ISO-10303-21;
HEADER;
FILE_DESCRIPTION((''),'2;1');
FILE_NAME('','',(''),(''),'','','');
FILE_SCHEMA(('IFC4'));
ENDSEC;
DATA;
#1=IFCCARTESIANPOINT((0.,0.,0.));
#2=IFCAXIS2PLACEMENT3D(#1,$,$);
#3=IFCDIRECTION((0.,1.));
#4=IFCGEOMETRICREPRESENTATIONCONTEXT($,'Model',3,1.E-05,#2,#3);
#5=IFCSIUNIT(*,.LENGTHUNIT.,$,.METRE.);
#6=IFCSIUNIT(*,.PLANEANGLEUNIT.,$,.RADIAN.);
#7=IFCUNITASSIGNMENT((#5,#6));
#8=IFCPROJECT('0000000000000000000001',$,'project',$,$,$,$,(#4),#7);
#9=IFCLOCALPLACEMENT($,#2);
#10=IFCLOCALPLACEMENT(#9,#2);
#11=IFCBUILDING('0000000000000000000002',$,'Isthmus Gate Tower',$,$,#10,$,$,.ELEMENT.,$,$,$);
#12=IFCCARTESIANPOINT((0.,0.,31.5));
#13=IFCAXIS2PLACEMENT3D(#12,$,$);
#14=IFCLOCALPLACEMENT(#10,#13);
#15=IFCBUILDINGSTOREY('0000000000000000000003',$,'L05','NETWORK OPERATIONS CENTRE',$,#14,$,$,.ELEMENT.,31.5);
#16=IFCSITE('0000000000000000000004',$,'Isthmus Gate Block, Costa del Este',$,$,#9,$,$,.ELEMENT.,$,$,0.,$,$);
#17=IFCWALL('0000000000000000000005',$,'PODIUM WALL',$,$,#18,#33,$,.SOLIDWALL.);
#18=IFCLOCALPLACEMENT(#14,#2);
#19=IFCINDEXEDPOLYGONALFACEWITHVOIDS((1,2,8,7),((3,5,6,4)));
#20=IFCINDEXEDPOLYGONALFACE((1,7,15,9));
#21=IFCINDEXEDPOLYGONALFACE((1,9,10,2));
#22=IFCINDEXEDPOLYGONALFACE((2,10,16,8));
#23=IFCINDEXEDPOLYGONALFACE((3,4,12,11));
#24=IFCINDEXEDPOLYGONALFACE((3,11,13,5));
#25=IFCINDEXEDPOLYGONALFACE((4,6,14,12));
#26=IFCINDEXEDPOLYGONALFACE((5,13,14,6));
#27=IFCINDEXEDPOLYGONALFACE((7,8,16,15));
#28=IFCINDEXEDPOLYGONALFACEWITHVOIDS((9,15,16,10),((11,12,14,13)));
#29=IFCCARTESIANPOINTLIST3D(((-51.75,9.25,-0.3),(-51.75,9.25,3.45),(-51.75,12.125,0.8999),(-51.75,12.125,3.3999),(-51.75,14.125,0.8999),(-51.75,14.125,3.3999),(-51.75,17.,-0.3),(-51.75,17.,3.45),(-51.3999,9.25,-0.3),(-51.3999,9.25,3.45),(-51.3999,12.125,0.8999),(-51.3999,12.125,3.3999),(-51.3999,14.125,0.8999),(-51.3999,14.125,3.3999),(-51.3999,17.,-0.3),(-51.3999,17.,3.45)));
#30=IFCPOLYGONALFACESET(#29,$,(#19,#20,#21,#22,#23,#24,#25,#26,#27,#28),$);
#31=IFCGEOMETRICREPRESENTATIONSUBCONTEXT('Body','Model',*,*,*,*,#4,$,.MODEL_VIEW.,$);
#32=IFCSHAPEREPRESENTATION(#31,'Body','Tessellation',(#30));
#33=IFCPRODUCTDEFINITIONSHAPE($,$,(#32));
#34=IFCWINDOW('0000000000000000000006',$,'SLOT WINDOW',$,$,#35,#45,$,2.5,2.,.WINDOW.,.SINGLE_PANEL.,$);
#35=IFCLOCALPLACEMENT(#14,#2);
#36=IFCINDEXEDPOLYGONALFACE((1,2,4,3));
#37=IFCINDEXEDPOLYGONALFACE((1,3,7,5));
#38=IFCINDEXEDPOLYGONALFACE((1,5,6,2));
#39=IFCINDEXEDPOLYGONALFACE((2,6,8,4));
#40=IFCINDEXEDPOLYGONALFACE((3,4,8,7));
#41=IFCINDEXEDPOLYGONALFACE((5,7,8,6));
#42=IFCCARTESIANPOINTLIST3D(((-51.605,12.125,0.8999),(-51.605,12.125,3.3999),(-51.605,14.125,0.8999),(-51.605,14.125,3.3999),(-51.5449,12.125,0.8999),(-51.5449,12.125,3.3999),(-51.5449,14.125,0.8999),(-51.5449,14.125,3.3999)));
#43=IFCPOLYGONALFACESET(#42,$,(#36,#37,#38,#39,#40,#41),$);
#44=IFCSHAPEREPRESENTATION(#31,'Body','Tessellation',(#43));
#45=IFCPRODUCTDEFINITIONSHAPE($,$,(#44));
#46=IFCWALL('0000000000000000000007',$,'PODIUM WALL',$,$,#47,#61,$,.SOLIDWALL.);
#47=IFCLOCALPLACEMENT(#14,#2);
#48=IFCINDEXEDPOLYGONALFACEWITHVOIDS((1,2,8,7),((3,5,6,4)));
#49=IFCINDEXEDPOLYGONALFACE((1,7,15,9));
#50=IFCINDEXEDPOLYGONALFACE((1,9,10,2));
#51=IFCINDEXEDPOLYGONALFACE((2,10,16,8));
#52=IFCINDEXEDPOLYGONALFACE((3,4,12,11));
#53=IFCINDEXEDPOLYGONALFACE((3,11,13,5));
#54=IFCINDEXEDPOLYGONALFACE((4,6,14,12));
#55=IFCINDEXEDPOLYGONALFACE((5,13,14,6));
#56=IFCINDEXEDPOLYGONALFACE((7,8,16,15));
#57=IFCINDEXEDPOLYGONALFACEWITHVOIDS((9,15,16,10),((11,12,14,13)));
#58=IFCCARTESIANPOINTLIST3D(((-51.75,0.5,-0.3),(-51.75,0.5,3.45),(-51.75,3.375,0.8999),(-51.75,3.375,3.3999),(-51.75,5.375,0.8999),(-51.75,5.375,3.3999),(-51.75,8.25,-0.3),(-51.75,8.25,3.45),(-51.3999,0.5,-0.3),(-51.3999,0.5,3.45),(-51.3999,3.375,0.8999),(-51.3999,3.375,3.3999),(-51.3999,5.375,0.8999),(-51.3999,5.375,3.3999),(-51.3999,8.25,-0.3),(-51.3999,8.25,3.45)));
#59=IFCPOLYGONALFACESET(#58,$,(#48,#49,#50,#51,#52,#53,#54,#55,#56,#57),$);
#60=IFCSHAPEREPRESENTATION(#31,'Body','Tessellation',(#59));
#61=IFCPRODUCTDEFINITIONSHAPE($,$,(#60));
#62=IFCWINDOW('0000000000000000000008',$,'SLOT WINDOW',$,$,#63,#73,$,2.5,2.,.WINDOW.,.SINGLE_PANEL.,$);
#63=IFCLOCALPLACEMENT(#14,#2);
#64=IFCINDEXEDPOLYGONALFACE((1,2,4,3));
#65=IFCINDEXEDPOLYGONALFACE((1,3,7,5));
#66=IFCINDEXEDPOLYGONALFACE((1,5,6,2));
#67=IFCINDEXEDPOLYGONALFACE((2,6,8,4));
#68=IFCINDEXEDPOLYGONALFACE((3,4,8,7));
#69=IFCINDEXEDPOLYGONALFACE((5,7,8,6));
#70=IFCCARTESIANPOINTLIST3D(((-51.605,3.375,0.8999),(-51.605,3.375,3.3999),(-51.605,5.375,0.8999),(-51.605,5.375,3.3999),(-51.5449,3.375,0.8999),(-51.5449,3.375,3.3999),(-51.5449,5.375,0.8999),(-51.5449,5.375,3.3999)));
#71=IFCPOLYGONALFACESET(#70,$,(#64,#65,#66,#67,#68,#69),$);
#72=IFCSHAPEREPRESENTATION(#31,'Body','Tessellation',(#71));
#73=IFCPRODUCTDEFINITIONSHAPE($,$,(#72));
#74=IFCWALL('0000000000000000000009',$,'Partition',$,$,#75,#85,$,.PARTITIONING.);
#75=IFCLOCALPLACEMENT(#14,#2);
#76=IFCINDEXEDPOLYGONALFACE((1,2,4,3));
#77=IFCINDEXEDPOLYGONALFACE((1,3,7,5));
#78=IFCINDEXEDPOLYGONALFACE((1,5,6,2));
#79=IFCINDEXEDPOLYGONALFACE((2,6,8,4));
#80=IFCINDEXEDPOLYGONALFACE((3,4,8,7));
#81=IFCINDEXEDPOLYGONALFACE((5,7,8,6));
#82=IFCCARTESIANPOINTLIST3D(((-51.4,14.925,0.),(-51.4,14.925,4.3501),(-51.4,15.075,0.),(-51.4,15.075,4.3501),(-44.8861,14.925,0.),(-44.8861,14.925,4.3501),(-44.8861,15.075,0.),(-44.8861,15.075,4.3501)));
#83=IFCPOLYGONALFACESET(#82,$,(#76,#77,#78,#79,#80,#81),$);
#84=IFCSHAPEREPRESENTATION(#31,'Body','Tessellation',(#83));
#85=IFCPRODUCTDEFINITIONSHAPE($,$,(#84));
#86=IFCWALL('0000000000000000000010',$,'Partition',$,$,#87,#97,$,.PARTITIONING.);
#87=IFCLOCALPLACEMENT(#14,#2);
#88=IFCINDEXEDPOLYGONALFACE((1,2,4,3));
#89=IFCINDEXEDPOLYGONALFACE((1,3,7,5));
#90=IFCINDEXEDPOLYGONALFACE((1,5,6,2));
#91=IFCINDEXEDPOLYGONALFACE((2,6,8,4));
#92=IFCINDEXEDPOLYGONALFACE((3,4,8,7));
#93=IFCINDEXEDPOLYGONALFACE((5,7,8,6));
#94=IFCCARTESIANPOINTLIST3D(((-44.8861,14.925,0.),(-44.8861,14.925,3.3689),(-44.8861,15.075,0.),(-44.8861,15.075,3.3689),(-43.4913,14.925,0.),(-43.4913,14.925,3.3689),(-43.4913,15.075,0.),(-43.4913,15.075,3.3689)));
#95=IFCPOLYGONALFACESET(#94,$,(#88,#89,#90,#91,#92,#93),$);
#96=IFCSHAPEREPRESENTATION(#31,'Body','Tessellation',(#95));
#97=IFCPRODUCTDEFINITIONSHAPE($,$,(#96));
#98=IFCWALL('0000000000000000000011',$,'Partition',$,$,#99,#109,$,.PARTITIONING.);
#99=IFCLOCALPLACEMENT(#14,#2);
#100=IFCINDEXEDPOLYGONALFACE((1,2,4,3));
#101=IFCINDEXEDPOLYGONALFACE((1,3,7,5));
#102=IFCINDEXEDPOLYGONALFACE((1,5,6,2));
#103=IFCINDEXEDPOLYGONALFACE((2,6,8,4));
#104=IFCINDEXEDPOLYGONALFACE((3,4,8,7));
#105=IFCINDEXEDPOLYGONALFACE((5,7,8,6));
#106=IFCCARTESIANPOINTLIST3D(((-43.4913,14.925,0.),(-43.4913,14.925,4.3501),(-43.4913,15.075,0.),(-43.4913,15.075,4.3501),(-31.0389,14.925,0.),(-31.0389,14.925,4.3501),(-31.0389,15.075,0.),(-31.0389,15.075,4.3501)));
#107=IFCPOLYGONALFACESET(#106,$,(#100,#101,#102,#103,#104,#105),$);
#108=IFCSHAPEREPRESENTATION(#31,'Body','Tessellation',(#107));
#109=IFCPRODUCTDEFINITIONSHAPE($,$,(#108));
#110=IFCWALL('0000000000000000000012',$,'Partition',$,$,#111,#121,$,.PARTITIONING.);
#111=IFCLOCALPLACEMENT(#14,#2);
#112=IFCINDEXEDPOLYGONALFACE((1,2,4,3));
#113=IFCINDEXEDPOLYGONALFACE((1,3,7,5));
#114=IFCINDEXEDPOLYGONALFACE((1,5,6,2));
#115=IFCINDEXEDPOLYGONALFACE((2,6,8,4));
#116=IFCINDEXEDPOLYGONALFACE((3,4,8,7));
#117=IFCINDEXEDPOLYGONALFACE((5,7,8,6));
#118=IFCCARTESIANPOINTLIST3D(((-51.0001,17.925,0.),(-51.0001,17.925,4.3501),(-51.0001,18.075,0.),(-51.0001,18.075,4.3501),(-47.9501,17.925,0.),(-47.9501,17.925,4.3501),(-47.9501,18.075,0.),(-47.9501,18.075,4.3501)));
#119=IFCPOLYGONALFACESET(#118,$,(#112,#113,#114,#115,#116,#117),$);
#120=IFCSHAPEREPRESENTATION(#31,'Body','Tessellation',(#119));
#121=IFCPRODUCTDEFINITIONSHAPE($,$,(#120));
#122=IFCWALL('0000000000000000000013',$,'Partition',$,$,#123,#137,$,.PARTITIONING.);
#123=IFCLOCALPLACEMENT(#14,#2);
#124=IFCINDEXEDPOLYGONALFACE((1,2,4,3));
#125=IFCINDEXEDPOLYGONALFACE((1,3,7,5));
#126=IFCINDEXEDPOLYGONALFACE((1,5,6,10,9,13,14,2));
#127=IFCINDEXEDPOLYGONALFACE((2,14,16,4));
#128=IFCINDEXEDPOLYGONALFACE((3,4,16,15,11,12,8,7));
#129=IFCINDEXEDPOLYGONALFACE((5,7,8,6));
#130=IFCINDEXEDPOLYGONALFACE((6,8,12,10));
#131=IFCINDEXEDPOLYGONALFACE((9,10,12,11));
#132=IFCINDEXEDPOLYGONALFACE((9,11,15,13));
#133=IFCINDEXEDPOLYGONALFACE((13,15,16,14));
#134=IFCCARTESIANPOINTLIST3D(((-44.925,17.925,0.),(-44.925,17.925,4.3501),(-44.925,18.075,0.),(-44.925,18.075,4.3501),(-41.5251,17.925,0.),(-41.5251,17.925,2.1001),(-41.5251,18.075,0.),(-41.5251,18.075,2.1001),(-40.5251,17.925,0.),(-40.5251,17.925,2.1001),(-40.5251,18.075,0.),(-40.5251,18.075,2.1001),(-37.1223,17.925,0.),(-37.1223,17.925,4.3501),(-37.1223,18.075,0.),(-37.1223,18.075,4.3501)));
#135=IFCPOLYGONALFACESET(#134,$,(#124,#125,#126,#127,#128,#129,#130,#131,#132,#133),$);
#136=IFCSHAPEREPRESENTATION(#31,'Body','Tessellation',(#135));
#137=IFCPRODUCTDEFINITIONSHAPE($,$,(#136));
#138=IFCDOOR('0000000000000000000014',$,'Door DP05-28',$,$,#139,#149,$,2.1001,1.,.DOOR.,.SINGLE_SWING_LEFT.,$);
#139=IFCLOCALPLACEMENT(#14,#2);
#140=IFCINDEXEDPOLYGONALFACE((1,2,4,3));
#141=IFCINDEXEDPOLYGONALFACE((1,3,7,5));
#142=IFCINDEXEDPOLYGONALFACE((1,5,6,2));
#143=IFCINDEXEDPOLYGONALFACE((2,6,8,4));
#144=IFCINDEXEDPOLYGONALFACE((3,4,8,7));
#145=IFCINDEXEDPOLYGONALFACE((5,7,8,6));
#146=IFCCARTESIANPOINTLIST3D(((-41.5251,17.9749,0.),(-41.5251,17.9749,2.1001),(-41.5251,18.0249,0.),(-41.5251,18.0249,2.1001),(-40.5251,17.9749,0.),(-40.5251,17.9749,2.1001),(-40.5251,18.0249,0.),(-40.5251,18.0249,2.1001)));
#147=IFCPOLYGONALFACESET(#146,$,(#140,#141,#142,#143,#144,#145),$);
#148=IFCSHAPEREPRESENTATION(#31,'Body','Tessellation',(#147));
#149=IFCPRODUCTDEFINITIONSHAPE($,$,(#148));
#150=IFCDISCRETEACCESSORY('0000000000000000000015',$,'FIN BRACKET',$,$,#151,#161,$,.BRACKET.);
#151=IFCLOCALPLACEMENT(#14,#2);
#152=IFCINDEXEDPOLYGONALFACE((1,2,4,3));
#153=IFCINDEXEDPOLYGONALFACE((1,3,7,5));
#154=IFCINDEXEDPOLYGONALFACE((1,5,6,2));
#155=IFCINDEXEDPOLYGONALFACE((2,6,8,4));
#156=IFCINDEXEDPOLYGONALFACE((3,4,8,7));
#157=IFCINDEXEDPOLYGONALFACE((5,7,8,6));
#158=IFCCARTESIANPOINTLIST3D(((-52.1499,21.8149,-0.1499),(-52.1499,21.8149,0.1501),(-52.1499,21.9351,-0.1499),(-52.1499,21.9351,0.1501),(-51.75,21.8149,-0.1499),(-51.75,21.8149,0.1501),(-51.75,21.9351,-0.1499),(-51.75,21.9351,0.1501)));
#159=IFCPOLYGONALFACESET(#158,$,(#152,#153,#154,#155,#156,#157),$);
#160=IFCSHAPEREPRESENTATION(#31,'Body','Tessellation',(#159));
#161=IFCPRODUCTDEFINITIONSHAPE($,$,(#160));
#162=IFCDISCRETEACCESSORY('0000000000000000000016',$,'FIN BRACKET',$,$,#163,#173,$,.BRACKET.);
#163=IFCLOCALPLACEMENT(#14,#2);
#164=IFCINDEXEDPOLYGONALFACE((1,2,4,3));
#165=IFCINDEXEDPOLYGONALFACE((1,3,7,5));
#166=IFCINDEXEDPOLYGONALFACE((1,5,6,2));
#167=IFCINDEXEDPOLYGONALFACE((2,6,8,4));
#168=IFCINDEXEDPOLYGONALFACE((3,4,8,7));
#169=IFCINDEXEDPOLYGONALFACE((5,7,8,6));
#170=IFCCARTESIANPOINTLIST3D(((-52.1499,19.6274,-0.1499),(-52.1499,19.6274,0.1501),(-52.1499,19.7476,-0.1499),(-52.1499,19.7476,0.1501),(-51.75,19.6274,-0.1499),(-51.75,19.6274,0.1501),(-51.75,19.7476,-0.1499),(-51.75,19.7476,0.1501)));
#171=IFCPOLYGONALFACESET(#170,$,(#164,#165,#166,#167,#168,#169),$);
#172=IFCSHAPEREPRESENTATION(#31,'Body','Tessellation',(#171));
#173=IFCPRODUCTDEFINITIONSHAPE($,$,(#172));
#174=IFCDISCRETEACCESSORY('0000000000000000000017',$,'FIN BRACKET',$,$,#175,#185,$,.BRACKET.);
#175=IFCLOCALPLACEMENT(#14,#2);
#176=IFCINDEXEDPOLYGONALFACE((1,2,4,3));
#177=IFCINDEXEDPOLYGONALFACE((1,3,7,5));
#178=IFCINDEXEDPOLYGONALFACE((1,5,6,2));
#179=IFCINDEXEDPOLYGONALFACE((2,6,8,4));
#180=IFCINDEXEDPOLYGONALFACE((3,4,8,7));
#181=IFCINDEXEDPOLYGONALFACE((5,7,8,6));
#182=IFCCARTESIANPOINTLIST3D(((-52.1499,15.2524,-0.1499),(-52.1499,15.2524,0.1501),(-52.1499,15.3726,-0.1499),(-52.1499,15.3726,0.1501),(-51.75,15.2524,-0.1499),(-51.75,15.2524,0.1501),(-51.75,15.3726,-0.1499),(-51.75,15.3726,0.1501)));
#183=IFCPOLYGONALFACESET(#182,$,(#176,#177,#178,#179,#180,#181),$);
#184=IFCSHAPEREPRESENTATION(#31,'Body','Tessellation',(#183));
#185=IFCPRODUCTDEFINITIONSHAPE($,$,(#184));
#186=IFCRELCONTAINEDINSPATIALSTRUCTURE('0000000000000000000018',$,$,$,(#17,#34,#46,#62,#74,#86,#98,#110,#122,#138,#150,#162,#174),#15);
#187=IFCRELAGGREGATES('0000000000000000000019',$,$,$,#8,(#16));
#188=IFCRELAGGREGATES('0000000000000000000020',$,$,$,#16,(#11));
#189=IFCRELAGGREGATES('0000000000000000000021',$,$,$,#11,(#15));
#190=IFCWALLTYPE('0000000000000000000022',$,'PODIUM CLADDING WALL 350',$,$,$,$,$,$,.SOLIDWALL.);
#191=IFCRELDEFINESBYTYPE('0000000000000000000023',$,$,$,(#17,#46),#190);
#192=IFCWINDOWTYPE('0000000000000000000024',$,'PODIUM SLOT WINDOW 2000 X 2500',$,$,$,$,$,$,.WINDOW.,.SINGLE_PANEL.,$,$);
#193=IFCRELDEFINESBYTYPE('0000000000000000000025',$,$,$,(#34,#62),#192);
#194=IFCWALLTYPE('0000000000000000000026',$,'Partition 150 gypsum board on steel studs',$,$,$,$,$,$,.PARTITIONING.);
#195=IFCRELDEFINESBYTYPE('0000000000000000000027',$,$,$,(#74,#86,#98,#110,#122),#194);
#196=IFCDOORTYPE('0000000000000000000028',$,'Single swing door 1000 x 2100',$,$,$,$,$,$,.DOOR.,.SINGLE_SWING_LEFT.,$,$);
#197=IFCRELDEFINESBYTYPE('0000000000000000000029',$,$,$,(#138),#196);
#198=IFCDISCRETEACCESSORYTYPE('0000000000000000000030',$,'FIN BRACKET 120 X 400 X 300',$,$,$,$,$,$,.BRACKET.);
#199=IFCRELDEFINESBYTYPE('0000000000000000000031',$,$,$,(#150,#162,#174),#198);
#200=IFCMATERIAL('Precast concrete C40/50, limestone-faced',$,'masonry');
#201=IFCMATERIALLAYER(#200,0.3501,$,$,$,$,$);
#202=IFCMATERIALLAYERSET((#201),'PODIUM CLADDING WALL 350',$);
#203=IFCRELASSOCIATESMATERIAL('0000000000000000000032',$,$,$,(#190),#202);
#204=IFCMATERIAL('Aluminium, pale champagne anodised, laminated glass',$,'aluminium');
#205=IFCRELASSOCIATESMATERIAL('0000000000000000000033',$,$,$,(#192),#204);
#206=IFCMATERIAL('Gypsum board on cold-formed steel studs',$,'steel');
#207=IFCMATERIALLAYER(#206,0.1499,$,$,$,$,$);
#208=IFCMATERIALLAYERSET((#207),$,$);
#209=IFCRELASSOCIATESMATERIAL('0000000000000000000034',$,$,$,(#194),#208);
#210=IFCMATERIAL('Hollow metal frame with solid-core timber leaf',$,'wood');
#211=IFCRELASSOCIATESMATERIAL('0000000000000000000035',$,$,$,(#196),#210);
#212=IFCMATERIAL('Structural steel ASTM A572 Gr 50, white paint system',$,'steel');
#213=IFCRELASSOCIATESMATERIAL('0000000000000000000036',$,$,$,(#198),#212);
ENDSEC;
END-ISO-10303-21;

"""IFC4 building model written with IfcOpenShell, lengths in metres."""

from ifc_helpers import new_model, si_unit, direction, frame, frame_2d, origin, origin_2d, place, context, subcontext, project, spatial, rectangle, extrude, material, layer, layer_set, type_object, element, fill, save


model = new_model("IFC4")

# Units and contexts
model_context = context("Model", 3, precision=1e-05, world=origin(), true_north=direction((0.0, 1.0)))
body_context = subcontext(model_context, "Body", "Model", "MODEL_VIEW")
ifc_project = project(units=[si_unit("LENGTHUNIT", "METRE"), si_unit("PLANEANGLEUNIT", "RADIAN")], contexts=[model_context])

# Site, building, storey
site_placement = place(None, origin())
site = spatial("IfcSite", under=ifc_project, at=site_placement, Name="Isthmus Gate Block, Costa del Este", CompositionType="ELEMENT", RefElevation=0.0)
building_placement = place(site_placement, origin())
building = spatial("IfcBuilding", under=site, at=building_placement, Name="Isthmus Gate Tower", CompositionType="ELEMENT")
storey_placement = place(building_placement, frame((0.0, 0.0, 31.5)))
storey = spatial("IfcBuildingStorey", under=building, at=storey_placement, Name="L05", Description="NETWORK OPERATIONS CENTRE", CompositionType="ELEMENT", Elevation=31.5)

# Walls, openings, windows
ifc_material_1 = material(Name="Precast concrete C40/50, limestone-faced", Category="masonry")
ifc_layer_1 = layer(ifc_material_1, 0.3501)
ifc_layer_set_1 = layer_set([ifc_layer_1], Name="PODIUM CLADDING WALL 350")
wall_type_1 = type_object("IfcWallType", Name="PODIUM CLADDING WALL 350", PredefinedType="SOLIDWALL", material=ifc_layer_set_1)
wall_1_placement = place(storey_placement, frame((-51.575, 17.0, -0.3), z_axis=(0.0, 0.0, 1.0), x_axis=(0.0, -1.0, 0.0)))
wall_1 = element("IfcWall", 1, at=wall_1_placement, inside=storey, type_object=wall_type_1, Name="PODIUM WALL", PredefinedType="SOLIDWALL", context=body_context, shape_type="SweptSolid", body=[
    extrude(rectangle(XDim=7.75, YDim=0.3501, at=frame_2d((3.875, 0.0))), origin(), (0.0, 0.0, 1.0), 3.75),
])
opening_1_placement = place(wall_1_placement, frame((2.875, 0.0, 1.2)))
opening_1 = element("IfcOpeningElement", 2, at=opening_1_placement, cuts=wall_1, PredefinedType="OPENING", context=body_context, shape_type="SweptSolid", body=[
    extrude(rectangle(XDim=2.0, YDim=2.5, at=frame_2d((1.0, 1.25))), frame((0.0, 0.1851, 0.0), z_axis=(0.0, -1.0, 0.0), x_axis=(1.0, 0.0, 0.0)), (0.0, 0.0, 1.0), 0.3701),
])
ifc_material_2 = material(Name="Aluminium, pale champagne anodised, laminated glass", Category="aluminium")
window_type = type_object("IfcWindowType", Name="PODIUM SLOT WINDOW 2000 X 2500", PartitioningType="SINGLE_PANEL", PredefinedType="WINDOW", material=ifc_material_2)
window_1_placement = place(opening_1_placement, origin())
window_1 = element("IfcWindow", 3, at=window_1_placement, inside=storey, type_object=window_type, Name="SLOT WINDOW", OverallHeight=2.5, OverallWidth=2.0, PartitioningType="SINGLE_PANEL", PredefinedType="WINDOW", context=body_context, shape_type="SweptSolid", body=[
    extrude(rectangle(XDim=2.0, YDim=2.5, at=frame_2d((1.0, 1.25))), frame((0.0, 0.03, 0.0), z_axis=(0.0, -1.0, 0.0), x_axis=(1.0, 0.0, 0.0)), (0.0, 0.0, 1.0), 0.0601),
])
fill(opening_1, window_1)
wall_2_placement = place(storey_placement, frame((-51.575, 8.25, -0.3), z_axis=(0.0, 0.0, 1.0), x_axis=(0.0, -1.0, 0.0)))
wall_2 = element("IfcWall", 4, at=wall_2_placement, inside=storey, type_object=wall_type_1, Name="PODIUM WALL", PredefinedType="SOLIDWALL", context=body_context, shape_type="SweptSolid", body=[
    extrude(rectangle(XDim=7.75, YDim=0.3501, at=frame_2d((3.875, 0.0))), origin(), (0.0, 0.0, 1.0), 3.75),
])
opening_2_placement = place(wall_2_placement, frame((2.875, 0.0, 1.2)))
opening_2 = element("IfcOpeningElement", 5, at=opening_2_placement, cuts=wall_2, PredefinedType="OPENING", context=body_context, shape_type="SweptSolid", body=[
    extrude(rectangle(XDim=2.0, YDim=2.5, at=frame_2d((1.0, 1.25))), frame((0.0, 0.1851, 0.0), z_axis=(0.0, -1.0, 0.0), x_axis=(1.0, 0.0, 0.0)), (0.0, 0.0, 1.0), 0.3701),
])
window_2_placement = place(opening_2_placement, origin())
window_2 = element("IfcWindow", 6, at=window_2_placement, inside=storey, type_object=window_type, Name="SLOT WINDOW", OverallHeight=2.5, OverallWidth=2.0, PartitioningType="SINGLE_PANEL", PredefinedType="WINDOW", context=body_context, shape_type="SweptSolid", body=[
    extrude(rectangle(XDim=2.0, YDim=2.5, at=frame_2d((1.0, 1.25))), frame((0.0, 0.03, 0.0), z_axis=(0.0, -1.0, 0.0), x_axis=(1.0, 0.0, 0.0)), (0.0, 0.0, 1.0), 0.0601),
])
fill(opening_2, window_2)

# Walls
ifc_material_3 = material(Name="Gypsum board on cold-formed steel studs", Category="steel")
ifc_layer_2 = layer(ifc_material_3, 0.1499)
ifc_layer_set_2 = layer_set([ifc_layer_2])
wall_type_2 = type_object("IfcWallType", Name="Partition 150 gypsum board on steel studs", PredefinedType="PARTITIONING", material=ifc_layer_set_2)
wall_3_placement = place(storey_placement, frame((-51.3999, 15.0, 0.0), z_axis=(0.0, 0.0, 1.0), x_axis=(1.0, 0.0, 0.0)))
element("IfcWall", 7, at=wall_3_placement, inside=storey, type_object=wall_type_2, Name="Partition", PredefinedType="PARTITIONING", context=body_context, shape_type="SweptSolid", body=[
    extrude(rectangle(XDim=6.5139, YDim=0.1499, at=frame_2d((3.2568, 0.0))), origin(), (0.0, 0.0, 1.0), 4.3501),
])
wall_4_placement = place(storey_placement, frame((-44.886, 15.0, 0.0), z_axis=(0.0, 0.0, 1.0), x_axis=(1.0, 0.0, 0.0)))
element("IfcWall", 8, at=wall_4_placement, inside=storey, type_object=wall_type_2, Name="Partition", PredefinedType="PARTITIONING", context=body_context, shape_type="SweptSolid", body=[
    extrude(rectangle(XDim=1.3948, YDim=0.1499, at=frame_2d((0.6973, 0.0))), origin(), (0.0, 0.0, 1.0), 3.3689),
])
wall_5_placement = place(storey_placement, frame((-43.4912, 15.0, 0.0), z_axis=(0.0, 0.0, 1.0), x_axis=(1.0, 0.0, 0.0)))
element("IfcWall", 9, at=wall_5_placement, inside=storey, type_object=wall_type_2, Name="Partition", PredefinedType="PARTITIONING", context=body_context, shape_type="SweptSolid", body=[
    extrude(rectangle(XDim=12.4524, YDim=0.1499, at=frame_2d((6.2261, 0.0))), origin(), (0.0, 0.0, 1.0), 4.3501),
])
wall_6_placement = place(storey_placement, frame((-51.0, 18.0, 0.0), z_axis=(0.0, 0.0, 1.0), x_axis=(1.0, 0.0, 0.0)))
element("IfcWall", 10, at=wall_6_placement, inside=storey, type_object=wall_type_2, Name="Partition", PredefinedType="PARTITIONING", context=body_context, shape_type="SweptSolid", body=[
    extrude(rectangle(XDim=3.05, YDim=0.1499, at=frame_2d((1.5249, 0.0))), origin(), (0.0, 0.0, 1.0), 4.3501),
])

# Wall, opening, door
wall_7_placement = place(storey_placement, frame((-44.925, 18.0, 0.0), z_axis=(0.0, 0.0, 1.0), x_axis=(1.0, 0.0, 0.0)))
wall_7 = element("IfcWall", 11, at=wall_7_placement, inside=storey, type_object=wall_type_2, Name="Partition", PredefinedType="PARTITIONING", context=body_context, shape_type="SweptSolid", body=[
    extrude(rectangle(XDim=7.8027, YDim=0.1499, at=frame_2d((3.9014, 0.0))), origin(), (0.0, 0.0, 1.0), 4.3501),
])
opening_3_placement = place(wall_7_placement, frame((3.3999, 0.0, 0.0)))
opening_3 = element("IfcOpeningElement", 12, at=opening_3_placement, cuts=wall_7, PredefinedType="OPENING", context=body_context, shape_type="SweptSolid", body=[
    extrude(rectangle(XDim=1.0, YDim=2.1001, at=frame_2d((0.5, 1.05))), frame((0.0, 0.085, 0.0), z_axis=(0.0, -1.0, 0.0), x_axis=(1.0, 0.0, 0.0)), (0.0, 0.0, 1.0), 0.1699),
])
ifc_material_4 = material(Name="Hollow metal frame with solid-core timber leaf", Category="wood")
door_type_1 = type_object("IfcDoorType", Name="Single swing door 1000 x 2100", OperationType="SINGLE_SWING_LEFT", PredefinedType="DOOR", material=ifc_material_4)
door_1_placement = place(opening_3_placement, origin())
door_1 = element("IfcDoor", 13, at=door_1_placement, inside=storey, type_object=door_type_1, Name="Door DP05-28", OperationType="SINGLE_SWING_LEFT", OverallHeight=2.1001, OverallWidth=1.0, PredefinedType="DOOR", context=body_context, shape_type="SweptSolid", body=[
    extrude(rectangle(XDim=1.0, YDim=2.1001, at=frame_2d((0.5, 1.05))), frame((0.0, 0.0249, 0.0), z_axis=(0.0, -1.0, 0.0), x_axis=(1.0, 0.0, 0.0)), (0.0, 0.0, 1.0), 0.05),
])
fill(opening_3, door_1)

# Discrete accessories
ifc_material_5 = material(Name="Structural steel ASTM A572 Gr 50, white paint system", Category="steel")
discrete_accessory_type = type_object("IfcDiscreteAccessoryType", Name="FIN BRACKET 120 X 400 X 300", PredefinedType="BRACKET", material=ifc_material_5)
for number, where, z_axis, x_axis, name in (
    (14, (-51.95, 21.875, -0.1499), (0.0, 0.0, 1.0), (-1.0, 0.0, 0.0), "FIN BRACKET"),
    (15, (-51.95, 19.6875, -0.1499), (0.0, 0.0, 1.0), (-1.0, 0.0, 0.0), "FIN BRACKET"),
    (16, (-51.95, 15.3125, -0.1499), (0.0, 0.0, 1.0), (-1.0, 0.0, 0.0), "FIN BRACKET"),
):
    element("IfcDiscreteAccessory", number, at=place(storey_placement, frame(where, z_axis=z_axis, x_axis=x_axis)), inside=storey, type_object=discrete_accessory_type, Name=name, PredefinedType="BRACKET", context=body_context, shape_type="SweptSolid", body=[
        extrude(rectangle(XDim=0.3999, YDim=0.1201, at=origin_2d()), origin(), (0.0, 0.0, 1.0), 0.3),
    ])

save(model, "model.ifc")
